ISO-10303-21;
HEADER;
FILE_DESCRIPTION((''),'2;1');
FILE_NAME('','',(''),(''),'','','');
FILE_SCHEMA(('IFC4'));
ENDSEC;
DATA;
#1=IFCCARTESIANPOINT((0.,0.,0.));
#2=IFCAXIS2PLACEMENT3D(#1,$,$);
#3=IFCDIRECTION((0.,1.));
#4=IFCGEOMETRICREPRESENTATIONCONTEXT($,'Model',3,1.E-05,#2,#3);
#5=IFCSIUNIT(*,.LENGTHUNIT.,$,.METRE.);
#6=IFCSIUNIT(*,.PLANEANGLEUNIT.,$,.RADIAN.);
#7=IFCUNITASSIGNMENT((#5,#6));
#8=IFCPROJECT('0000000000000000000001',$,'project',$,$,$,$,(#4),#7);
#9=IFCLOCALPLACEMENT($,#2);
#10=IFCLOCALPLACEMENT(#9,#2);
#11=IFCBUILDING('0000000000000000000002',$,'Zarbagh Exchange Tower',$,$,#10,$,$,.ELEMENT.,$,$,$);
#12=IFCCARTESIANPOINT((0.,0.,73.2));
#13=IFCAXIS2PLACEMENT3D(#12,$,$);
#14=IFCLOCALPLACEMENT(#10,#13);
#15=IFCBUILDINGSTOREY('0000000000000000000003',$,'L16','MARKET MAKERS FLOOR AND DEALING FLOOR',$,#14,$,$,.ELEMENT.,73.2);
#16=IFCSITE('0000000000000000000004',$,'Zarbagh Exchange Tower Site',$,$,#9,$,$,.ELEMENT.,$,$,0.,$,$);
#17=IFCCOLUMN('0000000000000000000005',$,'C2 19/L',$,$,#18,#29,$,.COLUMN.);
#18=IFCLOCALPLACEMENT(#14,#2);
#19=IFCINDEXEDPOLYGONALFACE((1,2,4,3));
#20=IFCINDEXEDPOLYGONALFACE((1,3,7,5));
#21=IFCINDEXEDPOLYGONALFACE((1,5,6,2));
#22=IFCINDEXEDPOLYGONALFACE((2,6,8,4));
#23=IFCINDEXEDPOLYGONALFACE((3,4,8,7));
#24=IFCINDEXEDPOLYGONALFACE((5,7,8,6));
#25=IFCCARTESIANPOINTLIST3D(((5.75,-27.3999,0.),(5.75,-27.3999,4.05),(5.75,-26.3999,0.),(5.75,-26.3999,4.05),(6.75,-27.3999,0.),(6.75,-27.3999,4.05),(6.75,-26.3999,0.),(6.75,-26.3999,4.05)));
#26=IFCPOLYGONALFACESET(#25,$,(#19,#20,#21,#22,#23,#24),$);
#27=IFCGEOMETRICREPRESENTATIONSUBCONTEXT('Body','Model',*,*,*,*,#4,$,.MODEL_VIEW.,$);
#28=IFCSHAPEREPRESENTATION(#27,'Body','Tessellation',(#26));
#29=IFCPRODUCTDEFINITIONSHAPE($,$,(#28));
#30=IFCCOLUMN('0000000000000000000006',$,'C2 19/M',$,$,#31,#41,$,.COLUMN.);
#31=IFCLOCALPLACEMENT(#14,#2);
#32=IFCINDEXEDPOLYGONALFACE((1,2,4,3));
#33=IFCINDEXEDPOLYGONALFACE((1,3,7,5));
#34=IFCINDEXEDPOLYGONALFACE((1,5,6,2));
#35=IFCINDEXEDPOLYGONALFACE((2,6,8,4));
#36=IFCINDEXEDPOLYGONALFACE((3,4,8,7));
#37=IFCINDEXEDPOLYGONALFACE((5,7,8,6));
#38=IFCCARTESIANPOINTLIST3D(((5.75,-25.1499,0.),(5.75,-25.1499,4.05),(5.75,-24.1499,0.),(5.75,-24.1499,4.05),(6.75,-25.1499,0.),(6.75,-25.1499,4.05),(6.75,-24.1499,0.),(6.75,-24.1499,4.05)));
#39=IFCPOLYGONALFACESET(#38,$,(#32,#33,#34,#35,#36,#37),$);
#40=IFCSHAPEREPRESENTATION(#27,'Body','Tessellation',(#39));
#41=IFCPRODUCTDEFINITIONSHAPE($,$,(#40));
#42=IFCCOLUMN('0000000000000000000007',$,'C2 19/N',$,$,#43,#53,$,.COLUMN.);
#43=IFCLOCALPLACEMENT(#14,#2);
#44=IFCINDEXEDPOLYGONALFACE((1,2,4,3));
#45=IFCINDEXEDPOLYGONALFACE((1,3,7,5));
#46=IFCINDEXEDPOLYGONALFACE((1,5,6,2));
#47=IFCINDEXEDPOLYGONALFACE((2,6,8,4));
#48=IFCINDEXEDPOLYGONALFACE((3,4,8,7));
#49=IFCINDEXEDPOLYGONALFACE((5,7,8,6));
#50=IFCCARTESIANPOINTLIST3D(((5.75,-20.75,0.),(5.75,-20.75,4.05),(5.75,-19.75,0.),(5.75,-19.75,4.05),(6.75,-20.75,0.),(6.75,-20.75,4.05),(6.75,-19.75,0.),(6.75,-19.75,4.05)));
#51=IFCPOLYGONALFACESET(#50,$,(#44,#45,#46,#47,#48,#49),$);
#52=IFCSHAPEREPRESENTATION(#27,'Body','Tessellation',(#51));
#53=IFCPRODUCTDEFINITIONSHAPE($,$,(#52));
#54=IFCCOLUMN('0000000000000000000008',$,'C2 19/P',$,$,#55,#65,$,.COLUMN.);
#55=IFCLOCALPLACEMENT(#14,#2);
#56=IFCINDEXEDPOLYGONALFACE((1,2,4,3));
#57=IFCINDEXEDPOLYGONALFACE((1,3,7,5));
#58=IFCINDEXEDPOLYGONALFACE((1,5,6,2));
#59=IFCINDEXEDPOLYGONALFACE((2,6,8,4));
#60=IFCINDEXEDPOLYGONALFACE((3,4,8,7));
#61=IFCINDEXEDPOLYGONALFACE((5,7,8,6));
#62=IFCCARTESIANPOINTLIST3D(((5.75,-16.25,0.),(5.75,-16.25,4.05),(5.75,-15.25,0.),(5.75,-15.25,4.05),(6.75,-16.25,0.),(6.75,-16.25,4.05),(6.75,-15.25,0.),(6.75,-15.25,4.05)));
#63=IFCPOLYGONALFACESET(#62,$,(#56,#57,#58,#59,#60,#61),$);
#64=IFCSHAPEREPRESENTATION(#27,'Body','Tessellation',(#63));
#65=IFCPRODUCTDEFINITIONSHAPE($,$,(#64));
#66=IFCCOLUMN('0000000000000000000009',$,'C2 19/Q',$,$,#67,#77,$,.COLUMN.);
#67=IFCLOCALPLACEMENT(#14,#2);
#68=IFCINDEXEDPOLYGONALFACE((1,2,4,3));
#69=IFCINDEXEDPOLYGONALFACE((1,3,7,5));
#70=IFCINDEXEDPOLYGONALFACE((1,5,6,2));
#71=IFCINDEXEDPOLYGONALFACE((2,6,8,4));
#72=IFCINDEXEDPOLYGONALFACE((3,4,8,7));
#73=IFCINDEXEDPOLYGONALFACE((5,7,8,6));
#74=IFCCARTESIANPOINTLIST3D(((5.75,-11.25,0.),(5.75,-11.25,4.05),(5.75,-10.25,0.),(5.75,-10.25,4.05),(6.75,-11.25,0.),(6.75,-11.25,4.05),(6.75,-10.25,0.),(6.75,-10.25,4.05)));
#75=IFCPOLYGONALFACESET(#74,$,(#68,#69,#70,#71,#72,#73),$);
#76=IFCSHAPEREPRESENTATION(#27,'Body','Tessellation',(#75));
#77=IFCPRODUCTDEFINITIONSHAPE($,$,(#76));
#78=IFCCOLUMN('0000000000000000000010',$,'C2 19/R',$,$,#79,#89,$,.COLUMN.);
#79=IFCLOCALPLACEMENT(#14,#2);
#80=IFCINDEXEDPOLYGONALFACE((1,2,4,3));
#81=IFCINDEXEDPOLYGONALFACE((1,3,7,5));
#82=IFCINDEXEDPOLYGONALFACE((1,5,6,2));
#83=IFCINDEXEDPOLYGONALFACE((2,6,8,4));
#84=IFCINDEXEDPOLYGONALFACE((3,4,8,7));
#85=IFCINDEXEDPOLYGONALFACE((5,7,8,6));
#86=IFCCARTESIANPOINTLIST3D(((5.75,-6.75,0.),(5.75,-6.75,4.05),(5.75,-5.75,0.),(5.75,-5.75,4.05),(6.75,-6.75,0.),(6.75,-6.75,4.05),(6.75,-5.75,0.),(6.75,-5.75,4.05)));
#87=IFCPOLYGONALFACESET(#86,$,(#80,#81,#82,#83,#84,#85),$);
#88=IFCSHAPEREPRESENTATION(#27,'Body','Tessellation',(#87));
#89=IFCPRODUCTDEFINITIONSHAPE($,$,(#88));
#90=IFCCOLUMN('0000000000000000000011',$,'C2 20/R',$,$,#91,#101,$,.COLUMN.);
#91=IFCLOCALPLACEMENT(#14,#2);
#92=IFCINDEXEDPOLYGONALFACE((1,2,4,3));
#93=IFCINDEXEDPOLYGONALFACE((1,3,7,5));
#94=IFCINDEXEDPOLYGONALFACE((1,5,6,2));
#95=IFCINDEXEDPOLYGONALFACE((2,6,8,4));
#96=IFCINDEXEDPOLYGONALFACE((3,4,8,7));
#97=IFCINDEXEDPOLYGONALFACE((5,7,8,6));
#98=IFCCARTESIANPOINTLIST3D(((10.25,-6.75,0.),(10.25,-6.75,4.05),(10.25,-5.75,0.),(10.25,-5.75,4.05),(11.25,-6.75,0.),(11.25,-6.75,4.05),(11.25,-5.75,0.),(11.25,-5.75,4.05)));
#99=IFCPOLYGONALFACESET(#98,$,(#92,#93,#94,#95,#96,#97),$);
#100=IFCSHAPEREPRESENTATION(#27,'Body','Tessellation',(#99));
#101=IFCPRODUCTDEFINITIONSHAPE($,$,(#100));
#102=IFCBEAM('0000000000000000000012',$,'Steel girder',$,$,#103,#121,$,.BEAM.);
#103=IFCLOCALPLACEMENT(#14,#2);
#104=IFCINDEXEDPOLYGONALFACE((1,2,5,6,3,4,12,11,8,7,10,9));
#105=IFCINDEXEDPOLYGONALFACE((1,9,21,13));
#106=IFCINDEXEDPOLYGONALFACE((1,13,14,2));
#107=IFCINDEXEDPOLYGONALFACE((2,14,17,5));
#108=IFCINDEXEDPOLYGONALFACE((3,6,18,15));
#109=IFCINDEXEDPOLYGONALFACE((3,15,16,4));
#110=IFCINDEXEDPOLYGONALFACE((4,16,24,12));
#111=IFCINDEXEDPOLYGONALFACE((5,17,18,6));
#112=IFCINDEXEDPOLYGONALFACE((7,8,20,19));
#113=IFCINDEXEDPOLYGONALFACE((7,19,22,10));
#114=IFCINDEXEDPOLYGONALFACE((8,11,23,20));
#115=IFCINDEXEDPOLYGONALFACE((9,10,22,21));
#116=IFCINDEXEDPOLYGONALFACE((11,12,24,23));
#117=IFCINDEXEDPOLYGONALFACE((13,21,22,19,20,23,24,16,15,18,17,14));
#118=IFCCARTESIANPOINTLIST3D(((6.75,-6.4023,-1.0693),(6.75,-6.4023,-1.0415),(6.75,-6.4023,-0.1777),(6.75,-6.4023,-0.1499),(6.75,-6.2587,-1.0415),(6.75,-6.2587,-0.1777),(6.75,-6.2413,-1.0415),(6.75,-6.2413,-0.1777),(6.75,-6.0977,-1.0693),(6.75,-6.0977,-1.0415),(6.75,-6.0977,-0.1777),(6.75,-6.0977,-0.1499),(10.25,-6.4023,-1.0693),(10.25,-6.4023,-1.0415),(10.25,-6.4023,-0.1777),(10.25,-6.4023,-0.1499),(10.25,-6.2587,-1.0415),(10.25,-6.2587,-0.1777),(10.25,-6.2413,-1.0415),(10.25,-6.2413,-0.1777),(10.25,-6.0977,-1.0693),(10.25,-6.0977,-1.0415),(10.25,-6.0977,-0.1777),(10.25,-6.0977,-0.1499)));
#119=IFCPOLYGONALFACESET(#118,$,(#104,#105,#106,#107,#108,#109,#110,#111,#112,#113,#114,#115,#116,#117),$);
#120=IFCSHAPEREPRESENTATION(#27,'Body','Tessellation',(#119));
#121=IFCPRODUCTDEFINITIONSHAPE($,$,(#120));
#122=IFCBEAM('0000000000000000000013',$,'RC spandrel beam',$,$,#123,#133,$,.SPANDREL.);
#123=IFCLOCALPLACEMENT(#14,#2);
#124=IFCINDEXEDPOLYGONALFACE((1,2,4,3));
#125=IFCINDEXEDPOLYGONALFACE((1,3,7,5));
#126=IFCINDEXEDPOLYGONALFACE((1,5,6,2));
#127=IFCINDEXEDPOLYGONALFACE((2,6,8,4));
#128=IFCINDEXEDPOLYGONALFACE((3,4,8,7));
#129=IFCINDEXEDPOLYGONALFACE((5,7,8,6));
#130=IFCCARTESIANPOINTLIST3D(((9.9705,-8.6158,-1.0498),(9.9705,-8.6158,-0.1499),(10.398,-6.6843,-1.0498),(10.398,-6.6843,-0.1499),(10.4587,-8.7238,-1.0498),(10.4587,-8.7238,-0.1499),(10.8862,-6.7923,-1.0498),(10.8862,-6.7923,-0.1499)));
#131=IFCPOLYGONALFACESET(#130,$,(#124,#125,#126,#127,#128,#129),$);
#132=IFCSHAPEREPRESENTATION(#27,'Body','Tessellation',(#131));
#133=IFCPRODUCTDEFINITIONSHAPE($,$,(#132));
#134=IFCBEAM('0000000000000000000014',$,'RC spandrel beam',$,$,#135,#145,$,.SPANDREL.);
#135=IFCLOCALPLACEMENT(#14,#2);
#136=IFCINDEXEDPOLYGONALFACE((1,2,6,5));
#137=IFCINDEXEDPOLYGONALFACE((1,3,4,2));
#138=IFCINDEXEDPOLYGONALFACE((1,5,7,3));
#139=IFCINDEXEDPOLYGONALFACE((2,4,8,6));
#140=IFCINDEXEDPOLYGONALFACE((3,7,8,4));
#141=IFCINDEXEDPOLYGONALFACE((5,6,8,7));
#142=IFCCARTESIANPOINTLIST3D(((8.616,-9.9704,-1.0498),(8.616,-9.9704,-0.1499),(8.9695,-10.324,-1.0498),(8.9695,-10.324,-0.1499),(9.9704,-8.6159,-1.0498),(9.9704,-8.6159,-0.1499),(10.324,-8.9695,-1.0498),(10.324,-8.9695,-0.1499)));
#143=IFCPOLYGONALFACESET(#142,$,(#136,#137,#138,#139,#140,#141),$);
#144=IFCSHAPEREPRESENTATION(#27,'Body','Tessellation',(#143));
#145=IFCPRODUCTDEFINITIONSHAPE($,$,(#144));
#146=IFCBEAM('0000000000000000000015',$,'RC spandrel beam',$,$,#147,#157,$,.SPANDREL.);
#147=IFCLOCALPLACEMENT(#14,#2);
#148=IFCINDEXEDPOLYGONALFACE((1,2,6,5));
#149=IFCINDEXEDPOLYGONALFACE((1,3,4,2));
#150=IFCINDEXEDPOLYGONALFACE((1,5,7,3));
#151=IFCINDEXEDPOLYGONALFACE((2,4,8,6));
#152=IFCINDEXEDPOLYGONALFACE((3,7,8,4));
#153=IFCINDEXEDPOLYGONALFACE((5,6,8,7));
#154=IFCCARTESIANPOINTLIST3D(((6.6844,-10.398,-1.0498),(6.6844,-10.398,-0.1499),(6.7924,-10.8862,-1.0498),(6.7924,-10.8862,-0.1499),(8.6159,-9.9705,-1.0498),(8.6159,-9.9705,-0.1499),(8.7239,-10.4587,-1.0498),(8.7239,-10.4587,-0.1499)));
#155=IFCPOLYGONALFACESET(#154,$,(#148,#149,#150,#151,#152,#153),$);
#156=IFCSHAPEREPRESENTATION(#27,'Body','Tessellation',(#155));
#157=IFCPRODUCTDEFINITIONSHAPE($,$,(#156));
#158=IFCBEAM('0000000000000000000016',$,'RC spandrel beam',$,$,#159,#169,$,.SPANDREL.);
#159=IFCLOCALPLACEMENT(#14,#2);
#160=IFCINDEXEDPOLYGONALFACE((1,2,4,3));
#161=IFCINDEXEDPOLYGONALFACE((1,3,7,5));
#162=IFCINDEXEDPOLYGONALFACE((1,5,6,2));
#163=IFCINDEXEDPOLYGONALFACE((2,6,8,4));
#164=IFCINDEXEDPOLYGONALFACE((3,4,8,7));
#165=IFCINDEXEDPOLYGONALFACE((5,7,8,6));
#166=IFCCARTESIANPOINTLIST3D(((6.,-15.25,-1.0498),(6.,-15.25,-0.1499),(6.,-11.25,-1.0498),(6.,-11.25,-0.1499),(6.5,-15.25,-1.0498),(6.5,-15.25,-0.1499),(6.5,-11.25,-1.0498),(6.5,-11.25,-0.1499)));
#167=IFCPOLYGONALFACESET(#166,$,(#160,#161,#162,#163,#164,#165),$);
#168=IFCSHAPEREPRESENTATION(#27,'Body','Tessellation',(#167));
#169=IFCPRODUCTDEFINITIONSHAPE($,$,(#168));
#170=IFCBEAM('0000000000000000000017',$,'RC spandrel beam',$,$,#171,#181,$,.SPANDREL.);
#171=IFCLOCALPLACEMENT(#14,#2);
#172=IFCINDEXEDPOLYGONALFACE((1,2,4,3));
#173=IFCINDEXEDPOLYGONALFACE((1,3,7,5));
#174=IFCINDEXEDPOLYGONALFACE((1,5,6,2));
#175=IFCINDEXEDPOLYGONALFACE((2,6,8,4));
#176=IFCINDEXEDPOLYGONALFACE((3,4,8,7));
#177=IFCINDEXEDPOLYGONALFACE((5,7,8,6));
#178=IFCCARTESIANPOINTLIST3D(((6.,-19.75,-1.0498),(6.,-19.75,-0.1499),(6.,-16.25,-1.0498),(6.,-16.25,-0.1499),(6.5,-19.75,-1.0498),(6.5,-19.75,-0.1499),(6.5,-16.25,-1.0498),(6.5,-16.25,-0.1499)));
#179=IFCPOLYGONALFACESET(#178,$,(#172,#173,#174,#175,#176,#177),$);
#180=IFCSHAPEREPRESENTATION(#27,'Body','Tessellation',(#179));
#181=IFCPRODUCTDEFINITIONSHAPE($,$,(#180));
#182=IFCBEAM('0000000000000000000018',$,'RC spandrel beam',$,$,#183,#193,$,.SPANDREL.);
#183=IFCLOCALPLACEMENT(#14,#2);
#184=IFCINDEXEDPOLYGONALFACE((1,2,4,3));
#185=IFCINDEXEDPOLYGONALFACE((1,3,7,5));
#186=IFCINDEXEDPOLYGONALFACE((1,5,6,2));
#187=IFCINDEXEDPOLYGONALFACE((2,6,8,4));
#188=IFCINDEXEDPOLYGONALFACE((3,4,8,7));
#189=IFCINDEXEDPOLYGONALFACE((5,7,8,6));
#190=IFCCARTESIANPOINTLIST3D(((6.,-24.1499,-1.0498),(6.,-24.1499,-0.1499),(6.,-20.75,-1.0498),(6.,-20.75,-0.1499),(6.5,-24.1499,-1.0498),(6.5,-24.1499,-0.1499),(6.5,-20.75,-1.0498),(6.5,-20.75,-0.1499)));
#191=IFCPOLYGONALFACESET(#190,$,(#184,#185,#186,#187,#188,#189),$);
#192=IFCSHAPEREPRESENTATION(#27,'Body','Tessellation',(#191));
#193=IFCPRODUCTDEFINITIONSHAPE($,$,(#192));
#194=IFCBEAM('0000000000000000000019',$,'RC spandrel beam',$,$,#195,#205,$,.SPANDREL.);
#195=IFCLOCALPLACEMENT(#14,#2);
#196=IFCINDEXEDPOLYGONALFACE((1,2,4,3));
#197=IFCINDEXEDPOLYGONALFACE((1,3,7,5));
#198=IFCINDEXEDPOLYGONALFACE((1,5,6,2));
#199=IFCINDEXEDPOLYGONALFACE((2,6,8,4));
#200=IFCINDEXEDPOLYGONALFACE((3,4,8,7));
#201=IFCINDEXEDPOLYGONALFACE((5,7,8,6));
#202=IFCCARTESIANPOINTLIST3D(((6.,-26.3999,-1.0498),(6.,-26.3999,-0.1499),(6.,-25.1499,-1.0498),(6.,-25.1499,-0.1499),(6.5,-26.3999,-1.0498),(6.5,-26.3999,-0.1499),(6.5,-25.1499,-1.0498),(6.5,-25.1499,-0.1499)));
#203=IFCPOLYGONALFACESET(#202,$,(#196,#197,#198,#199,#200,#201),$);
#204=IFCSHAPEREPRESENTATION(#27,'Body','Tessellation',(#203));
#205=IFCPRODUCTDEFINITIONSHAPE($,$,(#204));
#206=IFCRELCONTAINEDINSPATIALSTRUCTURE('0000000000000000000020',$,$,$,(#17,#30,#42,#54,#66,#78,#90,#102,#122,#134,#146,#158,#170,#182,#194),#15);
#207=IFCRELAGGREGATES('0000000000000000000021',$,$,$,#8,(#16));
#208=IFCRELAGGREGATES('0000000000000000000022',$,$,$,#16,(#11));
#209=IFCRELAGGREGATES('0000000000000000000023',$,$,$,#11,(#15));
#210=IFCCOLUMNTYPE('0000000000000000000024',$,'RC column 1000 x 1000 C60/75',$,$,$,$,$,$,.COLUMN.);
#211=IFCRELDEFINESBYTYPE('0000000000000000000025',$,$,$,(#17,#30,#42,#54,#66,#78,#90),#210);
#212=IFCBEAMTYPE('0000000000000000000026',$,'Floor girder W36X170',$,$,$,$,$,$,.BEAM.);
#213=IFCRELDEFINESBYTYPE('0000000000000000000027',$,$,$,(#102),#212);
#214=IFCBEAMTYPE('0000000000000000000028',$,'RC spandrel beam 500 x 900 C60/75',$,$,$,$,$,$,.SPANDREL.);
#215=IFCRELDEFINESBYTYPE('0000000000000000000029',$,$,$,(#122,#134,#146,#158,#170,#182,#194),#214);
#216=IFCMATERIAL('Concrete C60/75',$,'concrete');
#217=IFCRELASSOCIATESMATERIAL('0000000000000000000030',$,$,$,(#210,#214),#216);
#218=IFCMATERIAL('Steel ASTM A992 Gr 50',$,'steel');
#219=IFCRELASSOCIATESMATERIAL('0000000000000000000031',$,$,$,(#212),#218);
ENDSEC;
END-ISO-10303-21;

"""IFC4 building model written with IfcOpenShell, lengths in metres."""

from ifc_helpers import new_model, si_unit, direction, frame, origin, origin_2d, place, context, subcontext, project, spatial, rectangle, i_section, extrude, material, material_profile, profile_set, type_object, element, save


model = new_model("IFC4")

# Units and contexts
model_context = context("Model", 3, precision=1e-05, world=origin(), true_north=direction((0.0, 1.0)))
body_context = subcontext(model_context, "Body", "Model", "MODEL_VIEW")
ifc_project = project(units=[si_unit("LENGTHUNIT", "METRE"), si_unit("PLANEANGLEUNIT", "RADIAN")], contexts=[model_context])

# Site, building, storey
site_placement = place(None, origin())
site = spatial("IfcSite", under=ifc_project, at=site_placement, Name="Zarbagh Exchange Tower Site", CompositionType="ELEMENT", RefElevation=0.0)
building_placement = place(site_placement, origin())
building = spatial("IfcBuilding", under=site, at=building_placement, Name="Zarbagh Exchange Tower", CompositionType="ELEMENT")
storey_placement = place(building_placement, frame((0.0, 0.0, 73.2)))
storey = spatial("IfcBuildingStorey", under=building, at=storey_placement, Name="L16", Description="MARKET MAKERS FLOOR AND DEALING FLOOR", CompositionType="ELEMENT", Elevation=73.2)

# Columns
ifc_material_1 = material(Name="Concrete C60/75", Category="concrete")
ifc_material_profile_1 = material_profile(ifc_material_1, rectangle(XDim=1.0, YDim=1.0, at=origin_2d()), Name="RC column 1000 x 1000 C60/75")
ifc_profile_set_1 = profile_set([ifc_material_profile_1], Name="Concrete C60/75")
column_type = type_object("IfcColumnType", Name="RC column 1000 x 1000 C60/75", PredefinedType="COLUMN", material=ifc_profile_set_1)
for number, where, z_axis, x_axis, name in (
    (1, (6.25, -26.8999, 0.0), (0.0, 0.0, 1.0), (1.0, 0.0, 0.0), "C2 19/L"),
    (2, (6.25, -24.6499, 0.0), (0.0, 0.0, 1.0), (1.0, 0.0, 0.0), "C2 19/M"),
    (3, (6.25, -20.25, 0.0), (0.0, 0.0, 1.0), (1.0, 0.0, 0.0), "C2 19/N"),
    (4, (6.25, -15.75, 0.0), (0.0, 0.0, 1.0), (1.0, 0.0, 0.0), "C2 19/P"),
    (5, (6.25, -10.75, 0.0), (0.0, 0.0, 1.0), (1.0, 0.0, 0.0), "C2 19/Q"),
    (6, (6.25, -6.25, 0.0), (0.0, 0.0, 1.0), (1.0, 0.0, 0.0), "C2 19/R"),
    (7, (10.75, -6.25, 0.0), (0.0, 0.0, 1.0), (1.0, 0.0, 0.0), "C2 20/R"),
):
    element("IfcColumn", number, at=place(storey_placement, frame(where, z_axis=z_axis, x_axis=x_axis)), inside=storey, type_object=column_type, Name=name, PredefinedType="COLUMN", context=body_context, shape_type="SweptSolid", body=[
        extrude(rectangle(XDim=1.0, YDim=1.0, at=origin_2d()), origin(), (0.0, 0.0, 1.0), 4.05),
    ])

# Beams
ifc_material_2 = material(Name="Steel ASTM A992 Gr 50", Category="steel")
ifc_material_profile_2 = material_profile(ifc_material_2, i_section(OverallWidth=0.3047, OverallDepth=0.9194, WebThickness=0.0173, FlangeThickness=0.0278, at=origin_2d()), Name="W36X170")
ifc_profile_set_2 = profile_set([ifc_material_profile_2], Name="Steel ASTM A992 Gr 50")
beam_type_1 = type_object("IfcBeamType", Name="Floor girder W36X170", PredefinedType="BEAM", material=ifc_profile_set_2)
beam_1_placement = place(storey_placement, frame((6.75, -6.25, -0.6096), z_axis=(1.0, 0.0, 0.0), x_axis=(0.0, 1.0, 0.0)))
element("IfcBeam", 8, at=beam_1_placement, inside=storey, type_object=beam_type_1, Name="Steel girder", PredefinedType="BEAM", context=body_context, shape_type="SweptSolid", body=[
    extrude(i_section(OverallWidth=0.3047, OverallDepth=0.9194, WebThickness=0.0173, FlangeThickness=0.0278, at=origin_2d()), origin(), (0.0, 0.0, 1.0), 3.5),
])
ifc_material_profile_3 = material_profile(ifc_material_1, rectangle(XDim=0.5, YDim=0.8999, at=origin_2d()), Name="RC spandrel beam 500 x 900 C60/75")
ifc_profile_set_3 = profile_set([ifc_material_profile_3], Name="Concrete C60/75")
beam_type_2 = type_object("IfcBeamType", Name="RC spandrel beam 500 x 900 C60/75", PredefinedType="SPANDREL", material=ifc_profile_set_3)
beam_2_placement = place(storey_placement, frame((10.6421, -6.7383, -0.5999), z_axis=(-0.216081, -0.976375, 0.0), x_axis=(0.976375, -0.216081, 0.0)))
element("IfcBeam", 9, at=beam_2_placement, inside=storey, type_object=beam_type_2, Name="RC spandrel beam", PredefinedType="SPANDREL", context=body_context, shape_type="SweptSolid", body=[
    extrude(rectangle(XDim=0.5, YDim=0.8999, at=origin_2d()), origin(), (0.0, 0.0, 1.0), 1.9783),
])
beam_3_placement = place(storey_placement, frame((10.1472, -8.7927, -0.5999), z_axis=(-0.707107, -0.707107, 0.0), x_axis=(0.707107, -0.707107, 0.0)))
element("IfcBeam", 10, at=beam_3_placement, inside=storey, type_object=beam_type_2, Name="RC spandrel beam", PredefinedType="SPANDREL", context=body_context, shape_type="SweptSolid", body=[
    extrude(rectangle(XDim=0.5, YDim=0.8999, at=origin_2d()), origin(), (0.0, 0.0, 1.0), 1.9155),
])
beam_4_placement = place(storey_placement, frame((8.6699, -10.2146, -0.5999), z_axis=(-0.976375, -0.216081, 0.0), x_axis=(0.216081, -0.976375, 0.0)))
element("IfcBeam", 11, at=beam_4_placement, inside=storey, type_object=beam_type_2, Name="RC spandrel beam", PredefinedType="SPANDREL", context=body_context, shape_type="SweptSolid", body=[
    extrude(rectangle(XDim=0.5, YDim=0.8999, at=origin_2d()), origin(), (0.0, 0.0, 1.0), 1.9783),
])
beam_5_placement = place(storey_placement, frame((6.25, -11.25, -0.5999), z_axis=(0.0, -1.0, 0.0), x_axis=(1.0, 0.0, 0.0)))
element("IfcBeam", 12, at=beam_5_placement, inside=storey, type_object=beam_type_2, Name="RC spandrel beam", PredefinedType="SPANDREL", context=body_context, shape_type="SweptSolid", body=[
    extrude(rectangle(XDim=0.5, YDim=0.8999, at=origin_2d()), origin(), (0.0, 0.0, 1.0), 4.0),
])
beam_6_placement = place(storey_placement, frame((6.25, -16.25, -0.5999), z_axis=(0.0, -1.0, 0.0), x_axis=(1.0, 0.0, 0.0)))
element("IfcBeam", 13, at=beam_6_placement, inside=storey, type_object=beam_type_2, Name="RC spandrel beam", PredefinedType="SPANDREL", context=body_context, shape_type="SweptSolid", body=[
    extrude(rectangle(XDim=0.5, YDim=0.8999, at=origin_2d()), origin(), (0.0, 0.0, 1.0), 3.5),
])
beam_7_placement = place(storey_placement, frame((6.25, -20.75, -0.5999), z_axis=(0.0, -1.0, 0.0), x_axis=(1.0, 0.0, 0.0)))
element("IfcBeam", 14, at=beam_7_placement, inside=storey, type_object=beam_type_2, Name="RC spandrel beam", PredefinedType="SPANDREL", context=body_context, shape_type="SweptSolid", body=[
    extrude(rectangle(XDim=0.5, YDim=0.8999, at=origin_2d()), origin(), (0.0, 0.0, 1.0), 3.3999),
])
beam_8_placement = place(storey_placement, frame((6.25, -25.1499, -0.5999), z_axis=(0.0, -1.0, 0.0), x_axis=(1.0, 0.0, 0.0)))
element("IfcBeam", 15, at=beam_8_placement, inside=storey, type_object=beam_type_2, Name="RC spandrel beam", PredefinedType="SPANDREL", context=body_context, shape_type="SweptSolid", body=[
    extrude(rectangle(XDim=0.5, YDim=0.8999, at=origin_2d()), origin(), (0.0, 0.0, 1.0), 1.25),
])

save(model, "model.ifc")
